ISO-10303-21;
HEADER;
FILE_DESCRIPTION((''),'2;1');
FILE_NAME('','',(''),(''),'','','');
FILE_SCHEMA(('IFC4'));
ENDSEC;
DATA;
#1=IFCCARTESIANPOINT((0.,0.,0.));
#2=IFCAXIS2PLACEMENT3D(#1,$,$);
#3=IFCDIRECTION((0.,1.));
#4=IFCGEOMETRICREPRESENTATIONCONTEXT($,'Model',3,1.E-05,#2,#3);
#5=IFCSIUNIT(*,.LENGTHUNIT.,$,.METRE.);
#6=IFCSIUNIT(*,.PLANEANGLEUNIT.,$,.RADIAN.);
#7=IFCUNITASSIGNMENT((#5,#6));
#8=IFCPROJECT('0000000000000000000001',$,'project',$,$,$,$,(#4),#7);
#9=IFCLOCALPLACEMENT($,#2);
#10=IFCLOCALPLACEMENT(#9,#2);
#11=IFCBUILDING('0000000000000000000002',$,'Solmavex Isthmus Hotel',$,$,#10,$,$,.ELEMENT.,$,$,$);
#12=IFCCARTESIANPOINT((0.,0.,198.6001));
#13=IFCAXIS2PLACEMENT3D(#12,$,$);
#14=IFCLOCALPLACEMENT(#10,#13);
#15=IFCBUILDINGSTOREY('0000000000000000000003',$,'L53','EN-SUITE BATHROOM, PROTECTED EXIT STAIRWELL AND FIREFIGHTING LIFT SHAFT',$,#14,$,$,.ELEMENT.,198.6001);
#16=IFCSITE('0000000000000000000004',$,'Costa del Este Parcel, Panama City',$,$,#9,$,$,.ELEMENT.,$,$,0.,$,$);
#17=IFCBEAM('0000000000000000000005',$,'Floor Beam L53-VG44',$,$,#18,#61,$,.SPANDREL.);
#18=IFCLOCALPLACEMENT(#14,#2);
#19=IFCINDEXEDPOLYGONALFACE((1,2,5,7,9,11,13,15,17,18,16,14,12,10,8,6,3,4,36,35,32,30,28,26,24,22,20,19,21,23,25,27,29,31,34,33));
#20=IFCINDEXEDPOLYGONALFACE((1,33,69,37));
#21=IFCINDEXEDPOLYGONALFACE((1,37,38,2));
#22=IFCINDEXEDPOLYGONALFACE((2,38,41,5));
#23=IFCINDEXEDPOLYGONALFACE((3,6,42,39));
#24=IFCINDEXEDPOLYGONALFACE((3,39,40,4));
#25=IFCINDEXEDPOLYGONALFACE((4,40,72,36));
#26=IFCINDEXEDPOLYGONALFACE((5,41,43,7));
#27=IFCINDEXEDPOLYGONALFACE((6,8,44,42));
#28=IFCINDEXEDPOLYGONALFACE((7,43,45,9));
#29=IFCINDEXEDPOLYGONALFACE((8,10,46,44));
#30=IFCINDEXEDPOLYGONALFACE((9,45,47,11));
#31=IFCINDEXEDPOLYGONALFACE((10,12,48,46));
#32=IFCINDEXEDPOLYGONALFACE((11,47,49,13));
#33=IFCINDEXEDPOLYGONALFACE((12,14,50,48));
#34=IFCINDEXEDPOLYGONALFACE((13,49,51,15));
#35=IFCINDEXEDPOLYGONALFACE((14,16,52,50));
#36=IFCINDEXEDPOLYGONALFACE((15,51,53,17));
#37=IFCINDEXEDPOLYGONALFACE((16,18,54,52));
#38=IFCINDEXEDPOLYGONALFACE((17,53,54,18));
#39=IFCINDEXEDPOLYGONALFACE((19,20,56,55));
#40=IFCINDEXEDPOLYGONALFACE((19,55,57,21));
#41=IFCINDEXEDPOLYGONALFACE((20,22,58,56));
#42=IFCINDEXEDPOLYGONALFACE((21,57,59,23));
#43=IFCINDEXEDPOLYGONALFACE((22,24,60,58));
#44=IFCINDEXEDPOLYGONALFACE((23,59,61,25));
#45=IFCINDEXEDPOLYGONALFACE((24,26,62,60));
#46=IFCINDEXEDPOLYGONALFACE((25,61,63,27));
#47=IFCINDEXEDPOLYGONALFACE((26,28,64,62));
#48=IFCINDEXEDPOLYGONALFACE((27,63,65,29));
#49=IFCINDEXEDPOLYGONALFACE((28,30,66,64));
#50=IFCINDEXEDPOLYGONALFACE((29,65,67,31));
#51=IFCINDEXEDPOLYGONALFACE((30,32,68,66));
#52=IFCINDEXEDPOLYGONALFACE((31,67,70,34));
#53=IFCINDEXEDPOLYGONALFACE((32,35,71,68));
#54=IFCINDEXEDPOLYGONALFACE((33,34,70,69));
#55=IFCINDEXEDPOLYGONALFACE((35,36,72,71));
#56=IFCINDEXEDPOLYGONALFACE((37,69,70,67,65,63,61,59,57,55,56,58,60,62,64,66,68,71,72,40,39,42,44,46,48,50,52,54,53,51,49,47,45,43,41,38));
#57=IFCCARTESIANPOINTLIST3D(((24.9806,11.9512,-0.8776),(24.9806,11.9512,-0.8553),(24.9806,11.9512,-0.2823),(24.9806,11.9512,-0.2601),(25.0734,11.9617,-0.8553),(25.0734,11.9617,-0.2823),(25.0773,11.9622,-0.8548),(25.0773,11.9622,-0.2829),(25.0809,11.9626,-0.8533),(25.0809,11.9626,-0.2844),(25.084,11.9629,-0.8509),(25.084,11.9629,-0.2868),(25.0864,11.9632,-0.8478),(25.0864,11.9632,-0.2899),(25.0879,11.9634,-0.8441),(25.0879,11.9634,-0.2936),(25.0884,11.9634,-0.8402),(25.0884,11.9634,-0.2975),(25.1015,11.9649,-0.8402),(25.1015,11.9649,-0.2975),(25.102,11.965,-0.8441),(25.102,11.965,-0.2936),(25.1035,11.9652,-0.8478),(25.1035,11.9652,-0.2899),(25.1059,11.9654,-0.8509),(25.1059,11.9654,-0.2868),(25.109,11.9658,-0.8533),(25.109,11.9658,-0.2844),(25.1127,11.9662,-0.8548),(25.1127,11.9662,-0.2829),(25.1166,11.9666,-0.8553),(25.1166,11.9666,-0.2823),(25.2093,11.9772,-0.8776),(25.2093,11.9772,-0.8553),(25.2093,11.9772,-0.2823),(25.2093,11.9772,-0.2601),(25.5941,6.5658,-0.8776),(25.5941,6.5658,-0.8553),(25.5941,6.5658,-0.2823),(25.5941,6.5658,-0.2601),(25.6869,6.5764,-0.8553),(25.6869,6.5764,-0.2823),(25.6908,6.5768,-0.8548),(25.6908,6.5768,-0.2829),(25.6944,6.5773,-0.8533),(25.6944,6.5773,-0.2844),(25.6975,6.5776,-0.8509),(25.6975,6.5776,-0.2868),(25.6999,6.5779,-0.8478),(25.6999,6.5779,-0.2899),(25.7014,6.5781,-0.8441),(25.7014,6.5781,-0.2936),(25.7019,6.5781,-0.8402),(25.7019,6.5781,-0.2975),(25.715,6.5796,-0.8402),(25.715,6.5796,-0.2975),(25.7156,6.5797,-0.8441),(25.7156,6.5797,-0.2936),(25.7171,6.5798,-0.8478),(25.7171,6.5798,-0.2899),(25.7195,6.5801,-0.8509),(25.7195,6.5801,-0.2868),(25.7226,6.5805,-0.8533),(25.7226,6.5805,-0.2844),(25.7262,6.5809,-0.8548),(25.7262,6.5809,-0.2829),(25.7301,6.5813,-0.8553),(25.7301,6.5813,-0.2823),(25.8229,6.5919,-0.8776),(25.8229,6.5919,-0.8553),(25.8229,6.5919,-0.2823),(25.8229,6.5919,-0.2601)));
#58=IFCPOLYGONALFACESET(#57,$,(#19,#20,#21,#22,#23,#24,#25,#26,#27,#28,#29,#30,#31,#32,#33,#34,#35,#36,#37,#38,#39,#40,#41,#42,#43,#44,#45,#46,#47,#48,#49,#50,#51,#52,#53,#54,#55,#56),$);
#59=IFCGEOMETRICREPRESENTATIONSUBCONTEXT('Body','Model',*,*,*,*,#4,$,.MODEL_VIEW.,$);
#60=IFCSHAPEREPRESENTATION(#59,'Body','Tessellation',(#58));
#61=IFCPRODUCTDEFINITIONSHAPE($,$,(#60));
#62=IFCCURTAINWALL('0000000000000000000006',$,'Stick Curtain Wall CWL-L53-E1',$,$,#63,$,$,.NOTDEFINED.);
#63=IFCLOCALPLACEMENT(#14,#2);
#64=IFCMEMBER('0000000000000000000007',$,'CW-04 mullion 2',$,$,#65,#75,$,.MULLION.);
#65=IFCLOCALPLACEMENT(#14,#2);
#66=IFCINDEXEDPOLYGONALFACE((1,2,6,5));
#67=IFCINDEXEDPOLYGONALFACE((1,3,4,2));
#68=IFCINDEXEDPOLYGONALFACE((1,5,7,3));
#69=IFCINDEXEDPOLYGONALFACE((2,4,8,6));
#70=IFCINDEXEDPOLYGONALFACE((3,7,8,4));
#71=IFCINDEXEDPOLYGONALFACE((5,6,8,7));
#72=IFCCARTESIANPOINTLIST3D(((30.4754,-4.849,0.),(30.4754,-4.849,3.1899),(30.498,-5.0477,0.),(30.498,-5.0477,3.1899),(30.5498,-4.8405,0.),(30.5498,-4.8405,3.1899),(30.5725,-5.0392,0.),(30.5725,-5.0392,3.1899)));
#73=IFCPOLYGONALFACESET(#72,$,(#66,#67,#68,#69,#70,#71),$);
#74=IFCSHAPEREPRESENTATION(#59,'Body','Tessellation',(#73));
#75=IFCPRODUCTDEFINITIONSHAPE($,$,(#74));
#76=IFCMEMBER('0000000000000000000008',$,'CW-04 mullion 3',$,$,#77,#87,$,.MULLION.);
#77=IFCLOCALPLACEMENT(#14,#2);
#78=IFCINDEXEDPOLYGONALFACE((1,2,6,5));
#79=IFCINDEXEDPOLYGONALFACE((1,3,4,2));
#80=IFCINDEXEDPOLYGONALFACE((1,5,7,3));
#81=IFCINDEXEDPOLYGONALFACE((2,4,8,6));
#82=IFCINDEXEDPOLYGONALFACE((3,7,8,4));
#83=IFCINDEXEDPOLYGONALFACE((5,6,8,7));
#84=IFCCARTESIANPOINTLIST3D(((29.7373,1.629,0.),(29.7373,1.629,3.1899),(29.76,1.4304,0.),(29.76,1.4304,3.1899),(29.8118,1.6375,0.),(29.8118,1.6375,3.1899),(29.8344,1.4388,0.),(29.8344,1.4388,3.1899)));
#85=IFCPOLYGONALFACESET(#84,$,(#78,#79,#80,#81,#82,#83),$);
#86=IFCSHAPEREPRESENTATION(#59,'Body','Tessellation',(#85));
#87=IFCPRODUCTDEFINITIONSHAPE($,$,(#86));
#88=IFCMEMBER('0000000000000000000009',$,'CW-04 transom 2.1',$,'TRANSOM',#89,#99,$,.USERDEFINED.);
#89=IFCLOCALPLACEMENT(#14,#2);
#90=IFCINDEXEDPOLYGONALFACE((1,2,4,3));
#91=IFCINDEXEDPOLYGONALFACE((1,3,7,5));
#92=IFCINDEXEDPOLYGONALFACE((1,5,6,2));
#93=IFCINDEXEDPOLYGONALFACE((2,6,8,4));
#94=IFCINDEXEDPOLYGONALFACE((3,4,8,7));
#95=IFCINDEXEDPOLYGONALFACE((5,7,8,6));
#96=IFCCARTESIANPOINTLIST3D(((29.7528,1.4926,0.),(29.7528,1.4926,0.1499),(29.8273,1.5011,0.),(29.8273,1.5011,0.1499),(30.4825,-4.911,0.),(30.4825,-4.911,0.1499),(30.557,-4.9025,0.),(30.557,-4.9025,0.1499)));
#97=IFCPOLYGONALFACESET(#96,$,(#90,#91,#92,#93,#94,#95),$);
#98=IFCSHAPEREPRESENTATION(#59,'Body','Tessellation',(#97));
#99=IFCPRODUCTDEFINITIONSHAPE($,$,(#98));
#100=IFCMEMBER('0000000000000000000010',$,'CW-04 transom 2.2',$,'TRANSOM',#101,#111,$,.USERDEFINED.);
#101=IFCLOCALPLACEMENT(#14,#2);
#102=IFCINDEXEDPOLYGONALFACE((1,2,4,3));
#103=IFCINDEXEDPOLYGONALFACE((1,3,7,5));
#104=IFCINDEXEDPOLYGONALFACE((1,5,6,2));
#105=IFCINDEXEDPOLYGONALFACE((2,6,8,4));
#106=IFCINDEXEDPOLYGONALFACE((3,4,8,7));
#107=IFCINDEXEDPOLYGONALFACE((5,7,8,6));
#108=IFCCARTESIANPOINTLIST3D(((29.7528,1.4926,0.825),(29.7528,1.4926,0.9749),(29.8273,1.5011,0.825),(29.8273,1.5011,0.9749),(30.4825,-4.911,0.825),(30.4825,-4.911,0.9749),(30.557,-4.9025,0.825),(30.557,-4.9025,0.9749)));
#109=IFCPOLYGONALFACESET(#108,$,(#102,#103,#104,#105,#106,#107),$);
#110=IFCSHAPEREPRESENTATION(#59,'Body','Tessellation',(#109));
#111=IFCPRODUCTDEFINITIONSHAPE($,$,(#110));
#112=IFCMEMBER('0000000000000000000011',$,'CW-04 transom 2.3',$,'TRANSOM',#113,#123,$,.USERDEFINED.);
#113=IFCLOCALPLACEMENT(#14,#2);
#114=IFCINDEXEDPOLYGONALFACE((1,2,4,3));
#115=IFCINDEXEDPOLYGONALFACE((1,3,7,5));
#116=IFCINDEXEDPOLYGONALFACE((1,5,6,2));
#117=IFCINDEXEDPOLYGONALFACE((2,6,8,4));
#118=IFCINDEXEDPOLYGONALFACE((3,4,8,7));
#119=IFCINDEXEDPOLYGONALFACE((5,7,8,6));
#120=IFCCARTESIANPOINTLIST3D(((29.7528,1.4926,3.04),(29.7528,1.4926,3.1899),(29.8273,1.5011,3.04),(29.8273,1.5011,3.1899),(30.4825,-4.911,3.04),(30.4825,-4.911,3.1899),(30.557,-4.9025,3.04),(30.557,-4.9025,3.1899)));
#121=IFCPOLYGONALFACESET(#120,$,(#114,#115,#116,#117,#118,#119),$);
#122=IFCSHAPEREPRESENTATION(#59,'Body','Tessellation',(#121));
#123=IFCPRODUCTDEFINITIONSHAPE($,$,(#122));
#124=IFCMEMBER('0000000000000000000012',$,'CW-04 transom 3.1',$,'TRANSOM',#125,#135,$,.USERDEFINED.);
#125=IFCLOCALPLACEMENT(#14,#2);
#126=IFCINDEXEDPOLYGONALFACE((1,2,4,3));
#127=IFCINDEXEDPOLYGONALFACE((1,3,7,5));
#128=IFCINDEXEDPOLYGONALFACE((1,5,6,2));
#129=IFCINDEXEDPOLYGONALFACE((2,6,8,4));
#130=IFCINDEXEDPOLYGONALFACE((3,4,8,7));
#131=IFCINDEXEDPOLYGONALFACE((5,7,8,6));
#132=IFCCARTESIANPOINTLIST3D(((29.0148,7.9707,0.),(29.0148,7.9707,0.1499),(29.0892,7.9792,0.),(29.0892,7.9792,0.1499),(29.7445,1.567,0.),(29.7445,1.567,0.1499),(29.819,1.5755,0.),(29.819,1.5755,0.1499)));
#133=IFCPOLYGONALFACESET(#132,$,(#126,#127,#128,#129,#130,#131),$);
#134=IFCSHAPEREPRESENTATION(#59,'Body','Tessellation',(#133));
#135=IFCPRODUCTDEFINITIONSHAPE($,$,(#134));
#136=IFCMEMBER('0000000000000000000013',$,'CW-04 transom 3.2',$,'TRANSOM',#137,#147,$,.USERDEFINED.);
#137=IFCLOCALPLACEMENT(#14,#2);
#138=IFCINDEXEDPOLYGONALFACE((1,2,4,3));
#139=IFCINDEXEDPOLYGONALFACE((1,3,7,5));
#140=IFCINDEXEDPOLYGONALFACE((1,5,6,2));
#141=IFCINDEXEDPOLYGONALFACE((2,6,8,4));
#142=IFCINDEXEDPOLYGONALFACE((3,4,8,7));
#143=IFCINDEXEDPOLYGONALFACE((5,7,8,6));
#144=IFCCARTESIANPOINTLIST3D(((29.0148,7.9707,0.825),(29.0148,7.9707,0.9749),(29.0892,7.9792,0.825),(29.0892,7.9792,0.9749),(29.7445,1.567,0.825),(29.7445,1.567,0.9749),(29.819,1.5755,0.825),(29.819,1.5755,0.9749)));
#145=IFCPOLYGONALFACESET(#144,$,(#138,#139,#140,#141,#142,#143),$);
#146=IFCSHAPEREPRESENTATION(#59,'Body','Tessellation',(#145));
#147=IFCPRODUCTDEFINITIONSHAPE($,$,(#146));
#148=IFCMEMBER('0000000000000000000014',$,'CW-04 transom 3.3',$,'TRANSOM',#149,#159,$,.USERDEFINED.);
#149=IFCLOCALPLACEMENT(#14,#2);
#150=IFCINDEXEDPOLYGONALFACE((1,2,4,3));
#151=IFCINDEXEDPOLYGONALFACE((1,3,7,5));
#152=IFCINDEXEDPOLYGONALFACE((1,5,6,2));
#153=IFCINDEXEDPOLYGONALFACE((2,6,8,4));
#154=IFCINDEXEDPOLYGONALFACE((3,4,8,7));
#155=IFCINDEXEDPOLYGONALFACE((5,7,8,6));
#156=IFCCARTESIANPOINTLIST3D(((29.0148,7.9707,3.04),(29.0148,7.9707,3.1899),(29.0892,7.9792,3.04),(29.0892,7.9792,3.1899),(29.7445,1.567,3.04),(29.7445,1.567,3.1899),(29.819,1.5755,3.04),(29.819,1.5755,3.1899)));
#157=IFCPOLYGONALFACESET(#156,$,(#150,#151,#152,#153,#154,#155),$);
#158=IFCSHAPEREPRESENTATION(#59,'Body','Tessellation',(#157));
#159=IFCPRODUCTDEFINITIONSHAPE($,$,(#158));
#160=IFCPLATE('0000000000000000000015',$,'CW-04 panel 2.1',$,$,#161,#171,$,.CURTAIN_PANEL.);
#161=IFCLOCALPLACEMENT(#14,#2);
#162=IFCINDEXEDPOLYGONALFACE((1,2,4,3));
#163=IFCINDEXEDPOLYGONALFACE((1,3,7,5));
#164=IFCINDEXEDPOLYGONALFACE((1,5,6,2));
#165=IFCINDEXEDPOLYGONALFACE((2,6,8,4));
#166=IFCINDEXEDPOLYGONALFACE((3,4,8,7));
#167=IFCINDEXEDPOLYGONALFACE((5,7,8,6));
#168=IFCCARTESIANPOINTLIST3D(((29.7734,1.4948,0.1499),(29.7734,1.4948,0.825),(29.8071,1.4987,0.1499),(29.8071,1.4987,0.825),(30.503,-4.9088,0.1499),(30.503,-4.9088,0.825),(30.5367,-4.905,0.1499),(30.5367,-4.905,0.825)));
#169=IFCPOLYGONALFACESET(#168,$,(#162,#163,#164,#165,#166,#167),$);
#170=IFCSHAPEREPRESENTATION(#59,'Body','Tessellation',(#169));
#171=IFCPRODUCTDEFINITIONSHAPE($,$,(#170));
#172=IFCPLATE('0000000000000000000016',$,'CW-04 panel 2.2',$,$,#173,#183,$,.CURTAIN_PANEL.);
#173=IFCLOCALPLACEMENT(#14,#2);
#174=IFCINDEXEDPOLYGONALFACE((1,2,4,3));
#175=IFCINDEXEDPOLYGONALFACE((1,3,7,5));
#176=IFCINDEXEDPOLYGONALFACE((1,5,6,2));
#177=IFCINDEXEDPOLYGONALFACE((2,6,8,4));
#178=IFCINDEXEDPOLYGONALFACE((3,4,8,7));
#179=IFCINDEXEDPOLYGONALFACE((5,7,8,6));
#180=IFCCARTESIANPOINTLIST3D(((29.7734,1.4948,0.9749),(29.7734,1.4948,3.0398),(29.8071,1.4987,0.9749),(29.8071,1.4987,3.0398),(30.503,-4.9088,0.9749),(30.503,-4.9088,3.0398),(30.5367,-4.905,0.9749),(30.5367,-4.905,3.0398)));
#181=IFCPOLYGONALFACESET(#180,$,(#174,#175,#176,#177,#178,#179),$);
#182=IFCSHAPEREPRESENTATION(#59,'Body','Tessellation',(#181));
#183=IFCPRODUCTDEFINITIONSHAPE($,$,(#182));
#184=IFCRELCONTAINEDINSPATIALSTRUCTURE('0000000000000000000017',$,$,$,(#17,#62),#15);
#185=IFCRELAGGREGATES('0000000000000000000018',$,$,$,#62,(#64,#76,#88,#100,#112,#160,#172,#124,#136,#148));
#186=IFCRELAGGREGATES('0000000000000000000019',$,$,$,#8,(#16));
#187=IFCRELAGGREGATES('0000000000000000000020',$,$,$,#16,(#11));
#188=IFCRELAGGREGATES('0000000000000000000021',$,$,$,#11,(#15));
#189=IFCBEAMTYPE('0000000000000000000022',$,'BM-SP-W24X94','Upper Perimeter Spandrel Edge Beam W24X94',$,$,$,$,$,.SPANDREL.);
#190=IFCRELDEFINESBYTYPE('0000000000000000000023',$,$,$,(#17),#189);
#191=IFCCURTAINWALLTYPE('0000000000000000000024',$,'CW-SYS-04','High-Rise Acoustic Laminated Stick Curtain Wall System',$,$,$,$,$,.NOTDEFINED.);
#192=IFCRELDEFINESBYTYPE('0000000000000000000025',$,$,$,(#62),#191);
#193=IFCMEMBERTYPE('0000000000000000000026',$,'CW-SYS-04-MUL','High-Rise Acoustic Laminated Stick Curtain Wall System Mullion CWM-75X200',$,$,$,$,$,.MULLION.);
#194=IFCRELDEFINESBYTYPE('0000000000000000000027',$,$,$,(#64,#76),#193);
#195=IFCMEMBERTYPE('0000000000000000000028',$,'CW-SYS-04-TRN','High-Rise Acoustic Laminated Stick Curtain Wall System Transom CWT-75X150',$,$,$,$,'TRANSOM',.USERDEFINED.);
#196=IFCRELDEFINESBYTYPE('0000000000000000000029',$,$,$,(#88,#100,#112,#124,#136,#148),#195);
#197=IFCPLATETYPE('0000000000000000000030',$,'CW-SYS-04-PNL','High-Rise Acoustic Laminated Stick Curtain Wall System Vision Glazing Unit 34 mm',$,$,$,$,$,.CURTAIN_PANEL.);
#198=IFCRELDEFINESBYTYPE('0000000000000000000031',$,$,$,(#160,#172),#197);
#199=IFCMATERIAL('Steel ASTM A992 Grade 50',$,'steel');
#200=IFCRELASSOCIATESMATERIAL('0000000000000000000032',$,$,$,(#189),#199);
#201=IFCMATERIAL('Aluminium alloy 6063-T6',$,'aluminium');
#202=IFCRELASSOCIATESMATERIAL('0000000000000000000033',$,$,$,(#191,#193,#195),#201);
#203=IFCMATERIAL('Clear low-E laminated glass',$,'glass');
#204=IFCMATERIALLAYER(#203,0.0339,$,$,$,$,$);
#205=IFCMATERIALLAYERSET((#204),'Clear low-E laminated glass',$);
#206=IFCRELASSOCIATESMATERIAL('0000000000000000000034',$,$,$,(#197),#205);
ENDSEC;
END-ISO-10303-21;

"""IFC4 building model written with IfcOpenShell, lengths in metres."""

from ifc_helpers import new_model, si_unit, direction, frame, origin, origin_2d, place, context, subcontext, project, spatial, rectangle, i_section, extrude, material, layer, layer_set, material_profile, profile_set, type_object, element, aggregate, save


model = new_model("IFC4")

# Units and contexts
model_context = context("Model", 3, precision=1e-05, world=origin(), true_north=direction((0.0, 1.0)))
body_context = subcontext(model_context, "Body", "Model", "MODEL_VIEW")
ifc_project = project(units=[si_unit("LENGTHUNIT", "METRE"), si_unit("PLANEANGLEUNIT", "RADIAN")], contexts=[model_context])

# Site, building, storey
site_placement = place(None, origin())
site = spatial("IfcSite", under=ifc_project, at=site_placement, Name="Costa del Este Parcel, Panama City", CompositionType="ELEMENT", RefElevation=0.0)
building_placement = place(site_placement, origin())
building = spatial("IfcBuilding", under=site, at=building_placement, Name="Solmavex Isthmus Hotel", CompositionType="ELEMENT")
storey_placement = place(building_placement, frame((0.0, 0.0, 198.6001)))
storey = spatial("IfcBuildingStorey", under=building, at=storey_placement, Name="L53", Description="EN-SUITE BATHROOM, PROTECTED EXIT STAIRWELL AND FIREFIGHTING LIFT SHAFT", CompositionType="ELEMENT", Elevation=198.6001)

# Beam
ifc_material_1 = material(Name="Steel ASTM A992 Grade 50", Category="steel")
ifc_material_profile_1 = material_profile(ifc_material_1, i_section(OverallWidth=0.2302, OverallDepth=0.6174, WebThickness=0.0132, FlangeThickness=0.0222, FilletRadius=0.0151, at=origin_2d()), Name="W24X94")
ifc_profile_set_1 = profile_set([ifc_material_profile_1], Name="Steel ASTM A992 Grade 50")
beam_type_1 = type_object("IfcBeamType", Name="BM-SP-W24X94", Description="Upper Perimeter Spandrel Edge Beam W24X94", PredefinedType="SPANDREL", material=ifc_profile_set_1)
beam_1_placement = place(storey_placement, frame((25.7085, 6.5789, -0.5688), z_axis=(-0.113195, 0.993573, 0.0), x_axis=(-0.993573, -0.113195, 0.0)))
element("IfcBeam", 1, at=beam_1_placement, inside=storey, type_object=beam_type_1, Name="Floor Beam L53-VG44", PredefinedType="SPANDREL", context=body_context, shape_type="SweptSolid", body=[
    extrude(i_section(OverallWidth=0.2302, OverallDepth=0.6174, WebThickness=0.0132, FlangeThickness=0.0222, FilletRadius=0.0151, at=origin_2d()), origin(), (0.0, 0.0, 1.0), 5.4202),
])

# Curtain wall, members, plates
ifc_material_2 = material(Name="Aluminium alloy 6063-T6", Category="aluminium")
curtain_wall_type = type_object("IfcCurtainWallType", Name="CW-SYS-04", Description="High-Rise Acoustic Laminated Stick Curtain Wall System", PredefinedType="NOTDEFINED", material=ifc_material_2)
curtain_wall_placement = place(storey_placement, origin())
curtain_wall = element("IfcCurtainWall", 2, at=curtain_wall_placement, inside=storey, type_object=curtain_wall_type, Name="Stick Curtain Wall CWL-L53-E1", PredefinedType="NOTDEFINED")
ifc_material_profile_2 = material_profile(ifc_material_2, rectangle(XDim=0.075, YDim=0.2, at=origin_2d()), Name="CWM-75X200")
ifc_profile_set_2 = profile_set([ifc_material_profile_2], Name="Aluminium alloy 6063-T6")
member_type_1 = type_object("IfcMemberType", Name="CW-SYS-04-MUL", Description="High-Rise Acoustic Laminated Stick Curtain Wall System Mullion CWM-75X200", PredefinedType="MULLION", material=ifc_profile_set_2)
member_1_placement = place(storey_placement, frame((30.5239, -4.9441, 0.0), z_axis=(0.0, 0.0, 1.0), x_axis=(-0.993572, -0.113203, 0.0)))
member_1 = element("IfcMember", 3, at=member_1_placement, type_object=member_type_1, Name="CW-04 mullion 2", PredefinedType="MULLION", context=body_context, shape_type="SweptSolid", body=[
    extrude(rectangle(XDim=0.075, YDim=0.2, at=origin_2d()), origin(), (0.0, 0.0, 1.0), 3.1899),
])
member_2_placement = place(storey_placement, frame((29.7859, 1.5339, 0.0), z_axis=(0.0, 0.0, 1.0), x_axis=(-0.993572, -0.113203, 0.0)))
member_2 = element("IfcMember", 4, at=member_2_placement, type_object=member_type_1, Name="CW-04 mullion 3", PredefinedType="MULLION", context=body_context, shape_type="SweptSolid", body=[
    extrude(rectangle(XDim=0.075, YDim=0.2, at=origin_2d()), origin(), (0.0, 0.0, 1.0), 3.1899),
])
ifc_material_profile_3 = material_profile(ifc_material_2, rectangle(XDim=0.075, YDim=0.1499, at=origin_2d()), Name="CWT-75X150")
ifc_profile_set_3 = profile_set([ifc_material_profile_3], Name="Aluminium alloy 6063-T6")
member_type_2 = type_object("IfcMemberType", Name="CW-SYS-04-TRN", Description="High-Rise Acoustic Laminated Stick Curtain Wall System Transom CWT-75X150", ElementType="TRANSOM", PredefinedType="USERDEFINED", material=ifc_profile_set_3)
member_3_placement = place(storey_placement, frame((30.5198, -4.9067, 0.075), z_axis=(-0.113225, 0.993569, 0.0), x_axis=(-0.993569, -0.113225, 0.0)))
member_3 = element("IfcMember", 5, at=member_3_placement, type_object=member_type_2, Name="CW-04 transom 2.1", ObjectType="TRANSOM", PredefinedType="USERDEFINED", context=body_context, shape_type="SweptSolid", body=[
    extrude(rectangle(XDim=0.075, YDim=0.1499, at=origin_2d()), origin(), (0.0, 0.0, 1.0), 6.4451),
])
member_4_placement = place(storey_placement, frame((30.5198, -4.9067, 0.8999), z_axis=(-0.113225, 0.993569, 0.0), x_axis=(-0.993569, -0.113225, 0.0)))
member_4 = element("IfcMember", 6, at=member_4_placement, type_object=member_type_2, Name="CW-04 transom 2.2", ObjectType="TRANSOM", PredefinedType="USERDEFINED", context=body_context, shape_type="SweptSolid", body=[
    extrude(rectangle(XDim=0.075, YDim=0.1499, at=origin_2d()), origin(), (0.0, 0.0, 1.0), 6.4451),
])
member_5_placement = place(storey_placement, frame((30.5198, -4.9067, 3.115), z_axis=(-0.113225, 0.993569, 0.0), x_axis=(-0.993569, -0.113225, 0.0)))
member_5 = element("IfcMember", 7, at=member_5_placement, type_object=member_type_2, Name="CW-04 transom 2.3", ObjectType="TRANSOM", PredefinedType="USERDEFINED", context=body_context, shape_type="SweptSolid", body=[
    extrude(rectangle(XDim=0.075, YDim=0.1499, at=origin_2d()), origin(), (0.0, 0.0, 1.0), 6.4451),
])
member_6_placement = place(storey_placement, frame((29.7817, 1.5713, 0.075), z_axis=(-0.113225, 0.993569, 0.0), x_axis=(-0.993569, -0.113225, 0.0)))
member_6 = element("IfcMember", 8, at=member_6_placement, type_object=member_type_2, Name="CW-04 transom 3.1", ObjectType="TRANSOM", PredefinedType="USERDEFINED", context=body_context, shape_type="SweptSolid", body=[
    extrude(rectangle(XDim=0.075, YDim=0.1499, at=origin_2d()), origin(), (0.0, 0.0, 1.0), 6.4451),
])
member_7_placement = place(storey_placement, frame((29.7817, 1.5713, 0.8999), z_axis=(-0.113225, 0.993569, 0.0), x_axis=(-0.993569, -0.113225, 0.0)))
member_7 = element("IfcMember", 9, at=member_7_placement, type_object=member_type_2, Name="CW-04 transom 3.2", ObjectType="TRANSOM", PredefinedType="USERDEFINED", context=body_context, shape_type="SweptSolid", body=[
    extrude(rectangle(XDim=0.075, YDim=0.1499, at=origin_2d()), origin(), (0.0, 0.0, 1.0), 6.4451),
])
member_8_placement = place(storey_placement, frame((29.7817, 1.5713, 3.115), z_axis=(-0.113225, 0.993569, 0.0), x_axis=(-0.993569, -0.113225, 0.0)))
member_8 = element("IfcMember", 10, at=member_8_placement, type_object=member_type_2, Name="CW-04 transom 3.3", ObjectType="TRANSOM", PredefinedType="USERDEFINED", context=body_context, shape_type="SweptSolid", body=[
    extrude(rectangle(XDim=0.075, YDim=0.1499, at=origin_2d()), origin(), (0.0, 0.0, 1.0), 6.4451),
])
ifc_material_3 = material(Name="Clear low-E laminated glass", Category="glass")
ifc_layer_1 = layer(ifc_material_3, 0.0339)
ifc_layer_set_1 = layer_set([ifc_layer_1], Name="Clear low-E laminated glass")
plate_type = type_object("IfcPlateType", Name="CW-SYS-04-PNL", Description="High-Rise Acoustic Laminated Stick Curtain Wall System Vision Glazing Unit 34 mm", PredefinedType="CURTAIN_PANEL", material=ifc_layer_set_1)
plate_1_placement = place(storey_placement, frame((30.155, -1.7051, 0.1499), z_axis=(0.0, 0.0, 1.0), x_axis=(-0.113203, 0.993572, 0.0)))
plate_1 = element("IfcPlate", 11, at=plate_1_placement, type_object=plate_type, Name="CW-04 panel 2.1", PredefinedType="CURTAIN_PANEL", context=body_context, shape_type="SweptSolid", body=[
    extrude(rectangle(XDim=6.4451, YDim=0.0339, at=origin_2d()), origin(), (0.0, 0.0, 1.0), 0.675),
])
plate_2_placement = place(storey_placement, frame((30.155, -1.7051, 0.9749), z_axis=(0.0, 0.0, 1.0), x_axis=(-0.113203, 0.993572, 0.0)))
plate_2 = element("IfcPlate", 12, at=plate_2_placement, type_object=plate_type, Name="CW-04 panel 2.2", PredefinedType="CURTAIN_PANEL", context=body_context, shape_type="SweptSolid", body=[
    extrude(rectangle(XDim=6.4451, YDim=0.0339, at=origin_2d()), origin(), (0.0, 0.0, 1.0), 2.0649),
])
aggregate(curtain_wall, [member_1, member_2, member_3, member_4, member_5, plate_1, plate_2, member_6, member_7, member_8])

save(model, "model.ifc")
